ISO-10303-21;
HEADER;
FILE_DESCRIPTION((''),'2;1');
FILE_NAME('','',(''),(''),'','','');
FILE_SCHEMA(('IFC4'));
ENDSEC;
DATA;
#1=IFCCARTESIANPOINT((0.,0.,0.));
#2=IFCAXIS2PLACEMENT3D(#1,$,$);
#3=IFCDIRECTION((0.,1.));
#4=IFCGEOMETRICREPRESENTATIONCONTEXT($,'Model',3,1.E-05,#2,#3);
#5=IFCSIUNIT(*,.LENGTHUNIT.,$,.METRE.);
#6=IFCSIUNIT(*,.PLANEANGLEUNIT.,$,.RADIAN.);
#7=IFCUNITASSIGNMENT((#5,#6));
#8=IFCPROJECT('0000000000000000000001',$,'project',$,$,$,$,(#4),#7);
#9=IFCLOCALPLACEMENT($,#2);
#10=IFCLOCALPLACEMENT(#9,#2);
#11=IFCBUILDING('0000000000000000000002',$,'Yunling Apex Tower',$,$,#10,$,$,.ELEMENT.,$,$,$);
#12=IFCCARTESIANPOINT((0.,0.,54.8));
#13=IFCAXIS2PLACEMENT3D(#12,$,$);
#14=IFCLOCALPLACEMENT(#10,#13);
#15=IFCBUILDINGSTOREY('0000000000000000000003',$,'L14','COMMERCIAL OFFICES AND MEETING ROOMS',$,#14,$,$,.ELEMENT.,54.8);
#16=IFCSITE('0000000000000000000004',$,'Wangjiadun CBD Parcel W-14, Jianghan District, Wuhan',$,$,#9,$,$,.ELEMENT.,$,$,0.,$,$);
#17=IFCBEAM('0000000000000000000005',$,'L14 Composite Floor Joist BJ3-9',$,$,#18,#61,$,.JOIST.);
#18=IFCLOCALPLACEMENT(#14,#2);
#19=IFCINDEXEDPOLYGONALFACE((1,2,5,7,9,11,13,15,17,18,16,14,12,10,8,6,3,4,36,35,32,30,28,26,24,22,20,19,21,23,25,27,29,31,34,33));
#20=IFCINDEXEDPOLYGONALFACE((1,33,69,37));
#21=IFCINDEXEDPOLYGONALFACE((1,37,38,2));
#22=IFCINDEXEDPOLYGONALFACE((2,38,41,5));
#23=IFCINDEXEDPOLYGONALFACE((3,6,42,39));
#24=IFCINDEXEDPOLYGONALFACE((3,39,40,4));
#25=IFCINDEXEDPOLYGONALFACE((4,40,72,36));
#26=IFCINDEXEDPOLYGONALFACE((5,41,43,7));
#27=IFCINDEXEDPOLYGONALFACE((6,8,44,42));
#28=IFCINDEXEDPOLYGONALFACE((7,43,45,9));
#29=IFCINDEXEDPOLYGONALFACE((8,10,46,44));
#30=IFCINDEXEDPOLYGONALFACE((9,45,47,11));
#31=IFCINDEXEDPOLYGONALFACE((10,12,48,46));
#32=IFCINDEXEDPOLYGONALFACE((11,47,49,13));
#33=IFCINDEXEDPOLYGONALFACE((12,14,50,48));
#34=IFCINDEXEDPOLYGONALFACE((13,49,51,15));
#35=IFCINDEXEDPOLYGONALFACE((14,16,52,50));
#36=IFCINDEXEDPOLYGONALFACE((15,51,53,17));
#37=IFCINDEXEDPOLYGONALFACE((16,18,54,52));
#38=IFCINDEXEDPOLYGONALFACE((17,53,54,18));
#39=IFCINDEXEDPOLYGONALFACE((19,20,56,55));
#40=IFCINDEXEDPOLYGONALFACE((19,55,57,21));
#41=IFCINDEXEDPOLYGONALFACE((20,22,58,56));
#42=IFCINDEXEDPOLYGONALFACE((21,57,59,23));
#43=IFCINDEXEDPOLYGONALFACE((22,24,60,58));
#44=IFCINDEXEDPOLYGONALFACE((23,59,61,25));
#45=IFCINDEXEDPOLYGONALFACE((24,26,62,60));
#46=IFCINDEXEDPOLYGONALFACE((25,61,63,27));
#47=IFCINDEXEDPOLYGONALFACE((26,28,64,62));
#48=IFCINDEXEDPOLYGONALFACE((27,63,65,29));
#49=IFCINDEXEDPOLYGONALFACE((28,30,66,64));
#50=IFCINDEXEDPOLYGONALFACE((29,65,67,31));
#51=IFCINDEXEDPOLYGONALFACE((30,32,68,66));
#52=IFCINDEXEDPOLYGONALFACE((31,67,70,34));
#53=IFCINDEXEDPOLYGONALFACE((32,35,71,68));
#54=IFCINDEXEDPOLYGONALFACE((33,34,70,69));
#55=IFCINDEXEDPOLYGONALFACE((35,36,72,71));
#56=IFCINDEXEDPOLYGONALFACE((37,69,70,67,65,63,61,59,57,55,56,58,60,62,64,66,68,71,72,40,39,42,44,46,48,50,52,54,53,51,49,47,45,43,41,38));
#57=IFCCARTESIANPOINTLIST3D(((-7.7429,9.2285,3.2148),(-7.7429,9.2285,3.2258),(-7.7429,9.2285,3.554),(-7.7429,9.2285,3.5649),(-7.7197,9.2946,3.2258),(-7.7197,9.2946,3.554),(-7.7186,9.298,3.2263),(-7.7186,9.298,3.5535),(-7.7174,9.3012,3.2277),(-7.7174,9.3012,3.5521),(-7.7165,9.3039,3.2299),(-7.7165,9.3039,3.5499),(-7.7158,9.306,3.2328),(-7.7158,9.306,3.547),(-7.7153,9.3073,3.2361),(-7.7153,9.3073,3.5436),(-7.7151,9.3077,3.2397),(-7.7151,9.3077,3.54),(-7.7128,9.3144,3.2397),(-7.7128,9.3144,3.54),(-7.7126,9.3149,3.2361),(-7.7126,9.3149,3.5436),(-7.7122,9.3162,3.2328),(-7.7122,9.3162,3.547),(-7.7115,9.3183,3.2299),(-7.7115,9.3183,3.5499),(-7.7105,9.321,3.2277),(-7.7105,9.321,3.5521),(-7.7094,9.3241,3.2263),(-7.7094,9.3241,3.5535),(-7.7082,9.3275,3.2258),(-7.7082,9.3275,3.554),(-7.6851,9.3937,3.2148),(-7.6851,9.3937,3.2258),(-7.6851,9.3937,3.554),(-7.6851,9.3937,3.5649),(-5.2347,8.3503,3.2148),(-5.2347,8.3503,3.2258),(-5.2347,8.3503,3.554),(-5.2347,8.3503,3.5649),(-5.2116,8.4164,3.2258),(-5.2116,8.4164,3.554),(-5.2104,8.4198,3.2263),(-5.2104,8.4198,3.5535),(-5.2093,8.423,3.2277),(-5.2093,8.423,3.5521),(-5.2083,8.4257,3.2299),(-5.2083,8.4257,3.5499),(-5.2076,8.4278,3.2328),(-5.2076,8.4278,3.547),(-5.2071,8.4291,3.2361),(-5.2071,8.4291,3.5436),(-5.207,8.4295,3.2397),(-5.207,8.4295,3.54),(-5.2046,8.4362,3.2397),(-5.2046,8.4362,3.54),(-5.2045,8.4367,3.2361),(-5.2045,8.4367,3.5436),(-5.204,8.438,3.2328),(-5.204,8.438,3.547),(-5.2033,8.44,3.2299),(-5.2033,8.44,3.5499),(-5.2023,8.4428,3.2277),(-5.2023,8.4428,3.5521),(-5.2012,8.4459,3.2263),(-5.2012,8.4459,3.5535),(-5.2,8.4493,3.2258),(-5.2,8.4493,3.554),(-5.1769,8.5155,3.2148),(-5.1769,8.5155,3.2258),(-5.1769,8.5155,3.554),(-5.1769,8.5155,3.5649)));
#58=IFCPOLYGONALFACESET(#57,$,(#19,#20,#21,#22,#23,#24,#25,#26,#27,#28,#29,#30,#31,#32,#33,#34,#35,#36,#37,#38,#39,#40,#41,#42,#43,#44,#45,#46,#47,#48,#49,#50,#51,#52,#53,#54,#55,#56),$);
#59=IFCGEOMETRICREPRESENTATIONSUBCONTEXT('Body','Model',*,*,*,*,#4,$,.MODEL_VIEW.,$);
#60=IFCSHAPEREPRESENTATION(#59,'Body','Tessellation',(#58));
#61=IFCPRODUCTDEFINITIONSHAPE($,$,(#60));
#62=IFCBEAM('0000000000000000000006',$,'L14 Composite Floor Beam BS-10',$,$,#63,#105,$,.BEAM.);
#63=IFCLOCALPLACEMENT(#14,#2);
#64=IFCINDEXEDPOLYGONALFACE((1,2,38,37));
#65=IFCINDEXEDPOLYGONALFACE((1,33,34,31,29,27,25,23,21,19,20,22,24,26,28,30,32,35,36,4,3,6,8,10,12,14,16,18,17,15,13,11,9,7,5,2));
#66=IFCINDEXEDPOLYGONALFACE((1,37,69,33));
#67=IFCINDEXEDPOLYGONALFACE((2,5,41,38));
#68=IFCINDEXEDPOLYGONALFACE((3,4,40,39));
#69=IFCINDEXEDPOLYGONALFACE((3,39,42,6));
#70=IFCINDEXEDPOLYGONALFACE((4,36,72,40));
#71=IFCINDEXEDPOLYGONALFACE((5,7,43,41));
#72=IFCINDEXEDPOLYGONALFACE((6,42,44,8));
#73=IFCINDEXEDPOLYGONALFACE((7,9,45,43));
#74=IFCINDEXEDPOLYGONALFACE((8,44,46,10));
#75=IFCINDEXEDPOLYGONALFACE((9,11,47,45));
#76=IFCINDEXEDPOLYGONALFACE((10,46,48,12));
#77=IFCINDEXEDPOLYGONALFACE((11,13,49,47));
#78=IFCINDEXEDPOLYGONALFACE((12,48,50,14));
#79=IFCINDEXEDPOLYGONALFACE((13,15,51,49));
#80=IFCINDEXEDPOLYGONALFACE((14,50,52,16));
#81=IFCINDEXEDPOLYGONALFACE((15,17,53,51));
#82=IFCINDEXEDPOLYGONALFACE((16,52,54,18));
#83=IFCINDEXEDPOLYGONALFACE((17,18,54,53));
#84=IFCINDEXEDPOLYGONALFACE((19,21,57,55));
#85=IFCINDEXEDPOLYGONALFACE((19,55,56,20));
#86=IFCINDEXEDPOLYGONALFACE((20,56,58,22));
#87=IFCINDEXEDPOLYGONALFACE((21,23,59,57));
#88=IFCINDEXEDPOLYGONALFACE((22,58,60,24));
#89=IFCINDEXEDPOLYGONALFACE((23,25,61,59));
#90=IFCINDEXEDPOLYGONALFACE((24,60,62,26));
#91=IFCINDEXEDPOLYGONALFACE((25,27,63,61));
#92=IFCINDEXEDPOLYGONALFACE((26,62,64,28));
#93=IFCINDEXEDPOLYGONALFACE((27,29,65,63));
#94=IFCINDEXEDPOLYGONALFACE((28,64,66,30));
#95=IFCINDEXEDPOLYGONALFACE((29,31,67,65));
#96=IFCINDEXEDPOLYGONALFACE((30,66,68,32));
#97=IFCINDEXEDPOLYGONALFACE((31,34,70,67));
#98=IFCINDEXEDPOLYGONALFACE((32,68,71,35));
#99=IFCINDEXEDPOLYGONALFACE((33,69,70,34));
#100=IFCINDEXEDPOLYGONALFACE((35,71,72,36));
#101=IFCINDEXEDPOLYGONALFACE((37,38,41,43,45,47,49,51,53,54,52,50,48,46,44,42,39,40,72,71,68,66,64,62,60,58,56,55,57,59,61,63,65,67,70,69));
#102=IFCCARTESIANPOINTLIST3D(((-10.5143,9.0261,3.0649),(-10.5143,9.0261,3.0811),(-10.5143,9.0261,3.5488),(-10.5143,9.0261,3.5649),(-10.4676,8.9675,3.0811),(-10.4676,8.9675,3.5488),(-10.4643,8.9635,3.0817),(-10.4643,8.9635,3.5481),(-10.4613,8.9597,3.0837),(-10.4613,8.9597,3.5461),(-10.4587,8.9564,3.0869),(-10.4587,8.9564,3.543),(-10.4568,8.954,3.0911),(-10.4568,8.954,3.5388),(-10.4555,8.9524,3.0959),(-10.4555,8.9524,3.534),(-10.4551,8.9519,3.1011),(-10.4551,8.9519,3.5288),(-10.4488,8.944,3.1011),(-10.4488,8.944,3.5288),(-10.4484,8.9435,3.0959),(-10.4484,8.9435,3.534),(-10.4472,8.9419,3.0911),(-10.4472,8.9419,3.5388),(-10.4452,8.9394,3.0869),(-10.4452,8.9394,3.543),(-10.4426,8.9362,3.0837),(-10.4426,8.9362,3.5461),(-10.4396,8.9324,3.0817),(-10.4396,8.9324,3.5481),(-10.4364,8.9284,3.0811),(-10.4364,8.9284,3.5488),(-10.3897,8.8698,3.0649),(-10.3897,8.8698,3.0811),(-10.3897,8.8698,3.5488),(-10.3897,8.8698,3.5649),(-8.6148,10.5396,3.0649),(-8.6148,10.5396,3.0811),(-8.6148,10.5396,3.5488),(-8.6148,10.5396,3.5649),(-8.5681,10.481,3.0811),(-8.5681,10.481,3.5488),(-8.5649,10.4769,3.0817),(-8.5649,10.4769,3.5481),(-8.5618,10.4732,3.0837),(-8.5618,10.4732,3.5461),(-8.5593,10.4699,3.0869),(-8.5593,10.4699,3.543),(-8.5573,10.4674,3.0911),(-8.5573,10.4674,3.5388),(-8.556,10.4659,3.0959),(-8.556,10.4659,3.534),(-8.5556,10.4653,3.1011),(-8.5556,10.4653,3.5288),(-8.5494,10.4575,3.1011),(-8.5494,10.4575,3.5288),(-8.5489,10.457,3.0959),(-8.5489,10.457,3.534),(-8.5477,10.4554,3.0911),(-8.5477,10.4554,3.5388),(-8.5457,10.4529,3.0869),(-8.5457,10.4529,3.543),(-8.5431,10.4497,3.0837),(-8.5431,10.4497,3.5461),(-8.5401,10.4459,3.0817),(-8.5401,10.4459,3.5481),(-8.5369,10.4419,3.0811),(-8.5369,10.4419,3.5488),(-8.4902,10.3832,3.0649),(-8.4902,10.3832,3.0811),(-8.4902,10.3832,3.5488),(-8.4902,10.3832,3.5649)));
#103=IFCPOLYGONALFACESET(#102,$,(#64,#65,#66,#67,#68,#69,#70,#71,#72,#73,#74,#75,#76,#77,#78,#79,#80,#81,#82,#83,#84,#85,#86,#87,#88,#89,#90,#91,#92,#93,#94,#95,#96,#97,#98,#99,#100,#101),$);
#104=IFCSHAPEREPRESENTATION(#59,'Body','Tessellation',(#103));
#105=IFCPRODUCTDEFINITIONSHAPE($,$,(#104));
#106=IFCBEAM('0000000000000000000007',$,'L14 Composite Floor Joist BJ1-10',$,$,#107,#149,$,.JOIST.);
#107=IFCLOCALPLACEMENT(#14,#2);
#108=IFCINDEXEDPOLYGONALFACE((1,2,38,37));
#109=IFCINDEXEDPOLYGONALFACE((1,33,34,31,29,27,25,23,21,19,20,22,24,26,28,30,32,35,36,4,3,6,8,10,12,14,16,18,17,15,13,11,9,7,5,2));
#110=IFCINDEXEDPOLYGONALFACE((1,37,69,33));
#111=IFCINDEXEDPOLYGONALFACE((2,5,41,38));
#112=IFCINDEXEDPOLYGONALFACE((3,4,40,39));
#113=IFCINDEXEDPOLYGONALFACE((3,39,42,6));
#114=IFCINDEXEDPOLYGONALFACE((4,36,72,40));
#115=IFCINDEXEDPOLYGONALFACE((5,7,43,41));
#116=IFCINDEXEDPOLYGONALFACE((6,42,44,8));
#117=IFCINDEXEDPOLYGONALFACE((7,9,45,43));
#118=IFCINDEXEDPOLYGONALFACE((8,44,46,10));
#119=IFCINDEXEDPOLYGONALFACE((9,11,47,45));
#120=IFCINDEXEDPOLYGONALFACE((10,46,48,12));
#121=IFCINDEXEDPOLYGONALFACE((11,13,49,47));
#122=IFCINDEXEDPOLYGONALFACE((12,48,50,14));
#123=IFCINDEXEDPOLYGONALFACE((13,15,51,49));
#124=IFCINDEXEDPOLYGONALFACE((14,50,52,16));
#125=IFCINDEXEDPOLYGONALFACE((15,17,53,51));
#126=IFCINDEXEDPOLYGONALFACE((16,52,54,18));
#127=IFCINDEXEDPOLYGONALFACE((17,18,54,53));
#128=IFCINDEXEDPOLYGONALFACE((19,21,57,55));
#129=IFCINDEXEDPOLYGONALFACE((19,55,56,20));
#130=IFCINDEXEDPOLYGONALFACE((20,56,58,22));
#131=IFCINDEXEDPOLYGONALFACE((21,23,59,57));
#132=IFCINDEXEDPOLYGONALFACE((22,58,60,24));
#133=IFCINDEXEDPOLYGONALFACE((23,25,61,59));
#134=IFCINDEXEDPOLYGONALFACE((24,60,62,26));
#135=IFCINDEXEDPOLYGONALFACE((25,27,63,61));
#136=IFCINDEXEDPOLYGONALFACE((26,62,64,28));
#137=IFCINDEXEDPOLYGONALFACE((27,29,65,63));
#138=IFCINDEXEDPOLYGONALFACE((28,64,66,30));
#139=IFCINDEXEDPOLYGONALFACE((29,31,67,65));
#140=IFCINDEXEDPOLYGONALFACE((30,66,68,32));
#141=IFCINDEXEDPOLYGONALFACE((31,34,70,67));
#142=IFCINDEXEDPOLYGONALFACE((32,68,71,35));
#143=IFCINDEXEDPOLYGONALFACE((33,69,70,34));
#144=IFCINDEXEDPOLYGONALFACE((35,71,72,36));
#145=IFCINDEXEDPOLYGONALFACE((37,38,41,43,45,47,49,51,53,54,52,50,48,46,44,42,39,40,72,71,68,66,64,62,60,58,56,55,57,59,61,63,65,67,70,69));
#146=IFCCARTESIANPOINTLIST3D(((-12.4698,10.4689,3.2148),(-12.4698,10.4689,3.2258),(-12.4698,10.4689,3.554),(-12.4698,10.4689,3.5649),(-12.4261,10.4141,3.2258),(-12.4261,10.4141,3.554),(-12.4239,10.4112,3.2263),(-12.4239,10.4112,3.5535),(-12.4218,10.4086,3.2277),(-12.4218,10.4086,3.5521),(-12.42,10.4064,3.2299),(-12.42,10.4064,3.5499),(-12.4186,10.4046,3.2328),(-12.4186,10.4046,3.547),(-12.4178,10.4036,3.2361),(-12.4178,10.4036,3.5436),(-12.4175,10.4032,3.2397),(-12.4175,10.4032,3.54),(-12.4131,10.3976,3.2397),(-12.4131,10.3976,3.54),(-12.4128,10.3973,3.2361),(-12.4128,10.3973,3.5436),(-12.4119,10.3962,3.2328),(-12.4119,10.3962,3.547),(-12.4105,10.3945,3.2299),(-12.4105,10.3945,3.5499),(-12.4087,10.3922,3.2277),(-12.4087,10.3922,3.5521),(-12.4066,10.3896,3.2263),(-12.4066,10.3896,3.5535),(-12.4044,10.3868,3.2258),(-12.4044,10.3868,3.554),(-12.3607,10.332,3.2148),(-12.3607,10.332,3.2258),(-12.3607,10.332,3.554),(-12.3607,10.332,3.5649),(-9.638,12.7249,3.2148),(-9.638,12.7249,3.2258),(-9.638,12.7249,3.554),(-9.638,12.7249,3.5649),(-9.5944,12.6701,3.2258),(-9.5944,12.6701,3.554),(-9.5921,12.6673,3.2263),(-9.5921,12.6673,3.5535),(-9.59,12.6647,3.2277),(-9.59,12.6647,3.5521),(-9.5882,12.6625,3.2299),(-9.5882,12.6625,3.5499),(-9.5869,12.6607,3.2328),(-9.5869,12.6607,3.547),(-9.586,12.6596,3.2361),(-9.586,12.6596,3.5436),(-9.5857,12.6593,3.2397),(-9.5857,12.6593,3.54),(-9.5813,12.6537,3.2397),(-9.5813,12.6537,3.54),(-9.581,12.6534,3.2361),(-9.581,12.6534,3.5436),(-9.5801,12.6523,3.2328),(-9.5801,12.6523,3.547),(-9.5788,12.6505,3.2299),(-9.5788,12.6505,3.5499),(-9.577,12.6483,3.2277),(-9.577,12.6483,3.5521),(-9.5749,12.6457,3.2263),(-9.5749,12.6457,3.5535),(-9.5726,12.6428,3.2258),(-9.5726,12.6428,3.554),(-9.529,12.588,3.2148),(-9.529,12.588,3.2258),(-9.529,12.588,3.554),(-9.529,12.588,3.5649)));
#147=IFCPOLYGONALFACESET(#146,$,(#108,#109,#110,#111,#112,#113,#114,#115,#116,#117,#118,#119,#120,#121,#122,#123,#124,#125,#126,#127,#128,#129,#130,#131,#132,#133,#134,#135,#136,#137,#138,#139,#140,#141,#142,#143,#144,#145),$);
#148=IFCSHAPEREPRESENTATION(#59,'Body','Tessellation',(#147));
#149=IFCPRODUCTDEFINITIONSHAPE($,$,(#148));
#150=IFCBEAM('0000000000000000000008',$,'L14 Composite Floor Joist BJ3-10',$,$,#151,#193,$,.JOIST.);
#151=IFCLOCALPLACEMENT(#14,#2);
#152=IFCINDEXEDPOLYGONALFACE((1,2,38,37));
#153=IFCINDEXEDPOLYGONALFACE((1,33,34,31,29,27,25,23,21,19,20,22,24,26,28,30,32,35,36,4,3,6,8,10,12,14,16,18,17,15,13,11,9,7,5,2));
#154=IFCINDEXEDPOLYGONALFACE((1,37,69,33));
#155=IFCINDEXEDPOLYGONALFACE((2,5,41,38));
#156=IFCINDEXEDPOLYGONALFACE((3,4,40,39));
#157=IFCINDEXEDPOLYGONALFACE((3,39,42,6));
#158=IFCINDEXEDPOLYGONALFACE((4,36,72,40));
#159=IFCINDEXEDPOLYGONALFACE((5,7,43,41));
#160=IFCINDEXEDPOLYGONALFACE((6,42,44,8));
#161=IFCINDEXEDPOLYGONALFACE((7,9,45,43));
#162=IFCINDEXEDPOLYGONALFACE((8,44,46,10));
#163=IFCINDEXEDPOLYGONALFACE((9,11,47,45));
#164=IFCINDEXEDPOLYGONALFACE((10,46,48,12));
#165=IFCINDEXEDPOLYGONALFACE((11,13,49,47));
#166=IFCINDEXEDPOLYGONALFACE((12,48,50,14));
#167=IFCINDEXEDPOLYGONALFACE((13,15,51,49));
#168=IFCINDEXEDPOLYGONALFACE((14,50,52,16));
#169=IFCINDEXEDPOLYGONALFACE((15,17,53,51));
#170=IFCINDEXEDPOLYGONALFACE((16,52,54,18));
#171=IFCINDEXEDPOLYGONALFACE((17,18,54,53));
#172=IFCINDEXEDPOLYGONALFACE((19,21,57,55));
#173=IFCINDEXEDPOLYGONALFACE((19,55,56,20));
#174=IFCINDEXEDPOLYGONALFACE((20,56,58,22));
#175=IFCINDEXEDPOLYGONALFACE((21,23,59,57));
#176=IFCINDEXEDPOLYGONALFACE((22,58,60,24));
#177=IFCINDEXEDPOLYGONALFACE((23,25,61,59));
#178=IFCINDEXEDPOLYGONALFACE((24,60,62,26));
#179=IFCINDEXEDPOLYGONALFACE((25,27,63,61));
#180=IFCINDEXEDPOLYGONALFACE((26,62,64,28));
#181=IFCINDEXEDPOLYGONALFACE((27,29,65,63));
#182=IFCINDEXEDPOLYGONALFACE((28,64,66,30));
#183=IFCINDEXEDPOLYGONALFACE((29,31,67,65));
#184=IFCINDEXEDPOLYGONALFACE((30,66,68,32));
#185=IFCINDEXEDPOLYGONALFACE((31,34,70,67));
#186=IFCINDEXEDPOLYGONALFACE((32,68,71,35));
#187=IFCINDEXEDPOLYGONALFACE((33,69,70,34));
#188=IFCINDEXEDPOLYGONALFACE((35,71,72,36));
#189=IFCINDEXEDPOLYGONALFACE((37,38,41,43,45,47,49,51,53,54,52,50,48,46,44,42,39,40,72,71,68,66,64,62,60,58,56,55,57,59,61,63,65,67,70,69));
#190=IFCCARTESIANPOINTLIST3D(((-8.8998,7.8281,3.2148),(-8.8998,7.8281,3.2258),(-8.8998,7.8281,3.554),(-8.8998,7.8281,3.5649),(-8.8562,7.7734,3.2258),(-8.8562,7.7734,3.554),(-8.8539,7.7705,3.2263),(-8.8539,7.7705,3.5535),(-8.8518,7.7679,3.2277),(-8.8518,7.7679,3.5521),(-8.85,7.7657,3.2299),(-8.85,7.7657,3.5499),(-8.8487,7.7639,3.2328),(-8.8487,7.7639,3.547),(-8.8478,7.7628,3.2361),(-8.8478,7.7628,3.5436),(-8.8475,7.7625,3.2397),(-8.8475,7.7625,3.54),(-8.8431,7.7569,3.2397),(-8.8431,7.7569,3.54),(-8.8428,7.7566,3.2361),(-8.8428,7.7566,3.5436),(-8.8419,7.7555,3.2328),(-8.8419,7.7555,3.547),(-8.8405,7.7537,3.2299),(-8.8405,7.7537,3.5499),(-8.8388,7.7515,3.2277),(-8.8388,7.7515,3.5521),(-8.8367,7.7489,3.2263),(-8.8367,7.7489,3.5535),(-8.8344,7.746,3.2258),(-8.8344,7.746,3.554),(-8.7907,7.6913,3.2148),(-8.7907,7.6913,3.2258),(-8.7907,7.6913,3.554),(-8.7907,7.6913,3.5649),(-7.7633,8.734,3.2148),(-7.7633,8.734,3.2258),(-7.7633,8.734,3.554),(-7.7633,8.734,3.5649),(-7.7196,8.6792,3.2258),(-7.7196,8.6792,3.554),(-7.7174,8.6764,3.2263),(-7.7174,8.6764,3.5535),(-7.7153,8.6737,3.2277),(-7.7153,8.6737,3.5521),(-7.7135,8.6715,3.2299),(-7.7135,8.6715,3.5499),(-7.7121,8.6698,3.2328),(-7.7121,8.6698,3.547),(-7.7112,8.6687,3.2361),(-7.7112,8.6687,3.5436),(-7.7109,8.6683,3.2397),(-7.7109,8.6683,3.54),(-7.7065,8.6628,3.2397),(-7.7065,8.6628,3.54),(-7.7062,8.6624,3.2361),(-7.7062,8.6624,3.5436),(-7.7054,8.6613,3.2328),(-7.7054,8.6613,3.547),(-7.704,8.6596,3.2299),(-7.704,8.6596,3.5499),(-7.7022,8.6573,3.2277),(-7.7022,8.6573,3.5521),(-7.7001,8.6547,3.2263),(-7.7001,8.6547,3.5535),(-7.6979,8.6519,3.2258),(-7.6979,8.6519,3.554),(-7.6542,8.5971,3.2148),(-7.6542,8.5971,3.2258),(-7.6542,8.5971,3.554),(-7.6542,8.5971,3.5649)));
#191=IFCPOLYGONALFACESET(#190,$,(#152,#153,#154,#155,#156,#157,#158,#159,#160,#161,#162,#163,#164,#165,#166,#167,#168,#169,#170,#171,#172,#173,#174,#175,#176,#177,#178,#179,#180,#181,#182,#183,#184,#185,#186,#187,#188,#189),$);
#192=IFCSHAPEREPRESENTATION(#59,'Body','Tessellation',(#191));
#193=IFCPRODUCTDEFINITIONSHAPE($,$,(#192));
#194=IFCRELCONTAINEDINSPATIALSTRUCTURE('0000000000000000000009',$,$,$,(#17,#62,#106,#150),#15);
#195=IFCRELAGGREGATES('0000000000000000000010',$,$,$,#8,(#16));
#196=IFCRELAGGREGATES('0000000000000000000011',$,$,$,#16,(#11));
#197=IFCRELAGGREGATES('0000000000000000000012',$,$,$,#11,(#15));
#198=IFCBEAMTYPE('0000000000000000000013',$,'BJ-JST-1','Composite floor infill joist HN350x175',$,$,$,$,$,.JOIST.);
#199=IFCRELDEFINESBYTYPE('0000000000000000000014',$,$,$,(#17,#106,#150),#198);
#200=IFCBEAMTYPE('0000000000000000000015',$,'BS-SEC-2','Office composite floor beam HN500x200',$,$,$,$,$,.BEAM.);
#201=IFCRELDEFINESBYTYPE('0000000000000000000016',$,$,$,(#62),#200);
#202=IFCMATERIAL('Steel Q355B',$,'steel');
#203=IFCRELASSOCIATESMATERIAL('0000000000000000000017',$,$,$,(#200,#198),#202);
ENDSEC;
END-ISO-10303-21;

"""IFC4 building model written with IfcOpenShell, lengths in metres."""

from ifc_helpers import new_model, si_unit, direction, frame, origin, origin_2d, place, context, subcontext, project, spatial, i_section, extrude, source, transform, mapped, material, material_profile, profile_set, type_object, element, save


model = new_model("IFC4")

# Units and contexts
model_context = context("Model", 3, precision=1e-05, world=origin(), true_north=direction((0.0, 1.0)))
body_context = subcontext(model_context, "Body", "Model", "MODEL_VIEW")
ifc_project = project(units=[si_unit("LENGTHUNIT", "METRE"), si_unit("PLANEANGLEUNIT", "RADIAN")], contexts=[model_context])

# Site, building, storey
site_placement = place(None, origin())
site = spatial("IfcSite", under=ifc_project, at=site_placement, Name="Wangjiadun CBD Parcel W-14, Jianghan District, Wuhan", CompositionType="ELEMENT", RefElevation=0.0)
building_placement = place(site_placement, origin())
building = spatial("IfcBuilding", under=site, at=building_placement, Name="Yunling Apex Tower", CompositionType="ELEMENT")
storey_placement = place(building_placement, frame((0.0, 0.0, 54.8)))
storey = spatial("IfcBuildingStorey", under=building, at=storey_placement, Name="L14", Description="COMMERCIAL OFFICES AND MEETING ROOMS", CompositionType="ELEMENT", Elevation=54.8)

# Beams
ifc_material_1 = material(Name="Steel Q355B", Category="steel")
ifc_material_profile_1 = material_profile(ifc_material_1, i_section(OverallWidth=0.2, OverallDepth=0.5, WebThickness=0.01, FlangeThickness=0.0161, FilletRadius=0.02, at=origin_2d()))
ifc_profile_set_1 = profile_set([ifc_material_profile_1], Name="Steel Q355B")
beam_type_1 = type_object("IfcBeamType", Name="BS-SEC-2", Description="Office composite floor beam HN500x200", PredefinedType="BEAM", material=ifc_profile_set_1)
ifc_material_profile_2 = material_profile(ifc_material_1, i_section(OverallWidth=0.175, OverallDepth=0.3501, WebThickness=0.0071, FlangeThickness=0.011, FilletRadius=0.0139, at=origin_2d()))
ifc_profile_set_2 = profile_set([ifc_material_profile_2], Name="Steel Q355B")
beam_type_2 = type_object("IfcBeamType", Name="BJ-JST-1", Description="Composite floor infill joist HN350x175", PredefinedType="JOIST", material=ifc_profile_set_2)
shared_shape_1 = source(origin(), body_context, "Body", "SweptSolid", [
    extrude(i_section(OverallWidth=0.175, OverallDepth=0.3501, WebThickness=0.0071, FlangeThickness=0.011, FilletRadius=0.0139, at=origin_2d()), origin(), (0.0, 0.0, 1.0), 2.6575),
])
beam_1_placement = place(storey_placement, frame((-5.2058, 8.4329, 3.3899), z_axis=(-0.943817, 0.330469, 0.0), x_axis=(-0.330469, -0.943817, 0.0)))
element("IfcBeam", 1, at=beam_1_placement, inside=storey, type_object=beam_type_2, Name="L14 Composite Floor Joist BJ3-9", PredefinedType="JOIST", context=body_context, shape_type="MappedRepresentation", body=[
    mapped(shared_shape_1, transform((0.0, 0.0, 0.0), scale=1.0)),
])
shared_shape_2 = source(origin(), body_context, "Body", "SweptSolid", [
    extrude(i_section(OverallWidth=0.2, OverallDepth=0.5, WebThickness=0.01, FlangeThickness=0.0161, FilletRadius=0.02, at=origin_2d()), origin(), (0.0, 0.0, 1.0), 2.4287),
])
beam_2_placement = place(storey_placement, frame((-8.5525, 10.4614, 3.3149), z_axis=(-0.782093, -0.623161, 0.0), x_axis=(0.623161, -0.782093, 0.0)))
element("IfcBeam", 2, at=beam_2_placement, inside=storey, type_object=beam_type_1, Name="L14 Composite Floor Beam BS-10", PredefinedType="BEAM", context=body_context, shape_type="MappedRepresentation", body=[
    mapped(shared_shape_2, transform((0.0, 0.0, 0.0), scale=1.0)),
])
shared_shape_3 = source(origin(), body_context, "Body", "SweptSolid", [
    extrude(i_section(OverallWidth=0.175, OverallDepth=0.3501, WebThickness=0.0071, FlangeThickness=0.011, FilletRadius=0.0139, at=origin_2d()), origin(), (0.0, 0.0, 1.0), 3.6206),
])
beam_3_placement = place(storey_placement, frame((-9.5835, 12.6565, 3.3899), z_axis=(-0.782124, -0.623123, 0.0), x_axis=(0.623123, -0.782124, 0.0)))
element("IfcBeam", 3, at=beam_3_placement, inside=storey, type_object=beam_type_2, Name="L14 Composite Floor Joist BJ1-10", PredefinedType="JOIST", context=body_context, shape_type="MappedRepresentation", body=[
    mapped(shared_shape_3, transform((0.0, 0.0, 0.0), scale=1.0)),
])
shared_shape_4 = source(origin(), body_context, "Body", "SweptSolid", [
    extrude(i_section(OverallWidth=0.175, OverallDepth=0.3501, WebThickness=0.0071, FlangeThickness=0.011, FilletRadius=0.0139, at=origin_2d()), origin(), (0.0, 0.0, 1.0), 1.4534),
])
beam_4_placement = place(storey_placement, frame((-7.7087, 8.6655, 3.3899), z_axis=(-0.782015, -0.62326, 0.0), x_axis=(0.62326, -0.782015, 0.0)))
element("IfcBeam", 4, at=beam_4_placement, inside=storey, type_object=beam_type_2, Name="L14 Composite Floor Joist BJ3-10", PredefinedType="JOIST", context=body_context, shape_type="MappedRepresentation", body=[
    mapped(shared_shape_4, transform((0.0, 0.0, 0.0), scale=1.0)),
])

save(model, "model.ifc")
